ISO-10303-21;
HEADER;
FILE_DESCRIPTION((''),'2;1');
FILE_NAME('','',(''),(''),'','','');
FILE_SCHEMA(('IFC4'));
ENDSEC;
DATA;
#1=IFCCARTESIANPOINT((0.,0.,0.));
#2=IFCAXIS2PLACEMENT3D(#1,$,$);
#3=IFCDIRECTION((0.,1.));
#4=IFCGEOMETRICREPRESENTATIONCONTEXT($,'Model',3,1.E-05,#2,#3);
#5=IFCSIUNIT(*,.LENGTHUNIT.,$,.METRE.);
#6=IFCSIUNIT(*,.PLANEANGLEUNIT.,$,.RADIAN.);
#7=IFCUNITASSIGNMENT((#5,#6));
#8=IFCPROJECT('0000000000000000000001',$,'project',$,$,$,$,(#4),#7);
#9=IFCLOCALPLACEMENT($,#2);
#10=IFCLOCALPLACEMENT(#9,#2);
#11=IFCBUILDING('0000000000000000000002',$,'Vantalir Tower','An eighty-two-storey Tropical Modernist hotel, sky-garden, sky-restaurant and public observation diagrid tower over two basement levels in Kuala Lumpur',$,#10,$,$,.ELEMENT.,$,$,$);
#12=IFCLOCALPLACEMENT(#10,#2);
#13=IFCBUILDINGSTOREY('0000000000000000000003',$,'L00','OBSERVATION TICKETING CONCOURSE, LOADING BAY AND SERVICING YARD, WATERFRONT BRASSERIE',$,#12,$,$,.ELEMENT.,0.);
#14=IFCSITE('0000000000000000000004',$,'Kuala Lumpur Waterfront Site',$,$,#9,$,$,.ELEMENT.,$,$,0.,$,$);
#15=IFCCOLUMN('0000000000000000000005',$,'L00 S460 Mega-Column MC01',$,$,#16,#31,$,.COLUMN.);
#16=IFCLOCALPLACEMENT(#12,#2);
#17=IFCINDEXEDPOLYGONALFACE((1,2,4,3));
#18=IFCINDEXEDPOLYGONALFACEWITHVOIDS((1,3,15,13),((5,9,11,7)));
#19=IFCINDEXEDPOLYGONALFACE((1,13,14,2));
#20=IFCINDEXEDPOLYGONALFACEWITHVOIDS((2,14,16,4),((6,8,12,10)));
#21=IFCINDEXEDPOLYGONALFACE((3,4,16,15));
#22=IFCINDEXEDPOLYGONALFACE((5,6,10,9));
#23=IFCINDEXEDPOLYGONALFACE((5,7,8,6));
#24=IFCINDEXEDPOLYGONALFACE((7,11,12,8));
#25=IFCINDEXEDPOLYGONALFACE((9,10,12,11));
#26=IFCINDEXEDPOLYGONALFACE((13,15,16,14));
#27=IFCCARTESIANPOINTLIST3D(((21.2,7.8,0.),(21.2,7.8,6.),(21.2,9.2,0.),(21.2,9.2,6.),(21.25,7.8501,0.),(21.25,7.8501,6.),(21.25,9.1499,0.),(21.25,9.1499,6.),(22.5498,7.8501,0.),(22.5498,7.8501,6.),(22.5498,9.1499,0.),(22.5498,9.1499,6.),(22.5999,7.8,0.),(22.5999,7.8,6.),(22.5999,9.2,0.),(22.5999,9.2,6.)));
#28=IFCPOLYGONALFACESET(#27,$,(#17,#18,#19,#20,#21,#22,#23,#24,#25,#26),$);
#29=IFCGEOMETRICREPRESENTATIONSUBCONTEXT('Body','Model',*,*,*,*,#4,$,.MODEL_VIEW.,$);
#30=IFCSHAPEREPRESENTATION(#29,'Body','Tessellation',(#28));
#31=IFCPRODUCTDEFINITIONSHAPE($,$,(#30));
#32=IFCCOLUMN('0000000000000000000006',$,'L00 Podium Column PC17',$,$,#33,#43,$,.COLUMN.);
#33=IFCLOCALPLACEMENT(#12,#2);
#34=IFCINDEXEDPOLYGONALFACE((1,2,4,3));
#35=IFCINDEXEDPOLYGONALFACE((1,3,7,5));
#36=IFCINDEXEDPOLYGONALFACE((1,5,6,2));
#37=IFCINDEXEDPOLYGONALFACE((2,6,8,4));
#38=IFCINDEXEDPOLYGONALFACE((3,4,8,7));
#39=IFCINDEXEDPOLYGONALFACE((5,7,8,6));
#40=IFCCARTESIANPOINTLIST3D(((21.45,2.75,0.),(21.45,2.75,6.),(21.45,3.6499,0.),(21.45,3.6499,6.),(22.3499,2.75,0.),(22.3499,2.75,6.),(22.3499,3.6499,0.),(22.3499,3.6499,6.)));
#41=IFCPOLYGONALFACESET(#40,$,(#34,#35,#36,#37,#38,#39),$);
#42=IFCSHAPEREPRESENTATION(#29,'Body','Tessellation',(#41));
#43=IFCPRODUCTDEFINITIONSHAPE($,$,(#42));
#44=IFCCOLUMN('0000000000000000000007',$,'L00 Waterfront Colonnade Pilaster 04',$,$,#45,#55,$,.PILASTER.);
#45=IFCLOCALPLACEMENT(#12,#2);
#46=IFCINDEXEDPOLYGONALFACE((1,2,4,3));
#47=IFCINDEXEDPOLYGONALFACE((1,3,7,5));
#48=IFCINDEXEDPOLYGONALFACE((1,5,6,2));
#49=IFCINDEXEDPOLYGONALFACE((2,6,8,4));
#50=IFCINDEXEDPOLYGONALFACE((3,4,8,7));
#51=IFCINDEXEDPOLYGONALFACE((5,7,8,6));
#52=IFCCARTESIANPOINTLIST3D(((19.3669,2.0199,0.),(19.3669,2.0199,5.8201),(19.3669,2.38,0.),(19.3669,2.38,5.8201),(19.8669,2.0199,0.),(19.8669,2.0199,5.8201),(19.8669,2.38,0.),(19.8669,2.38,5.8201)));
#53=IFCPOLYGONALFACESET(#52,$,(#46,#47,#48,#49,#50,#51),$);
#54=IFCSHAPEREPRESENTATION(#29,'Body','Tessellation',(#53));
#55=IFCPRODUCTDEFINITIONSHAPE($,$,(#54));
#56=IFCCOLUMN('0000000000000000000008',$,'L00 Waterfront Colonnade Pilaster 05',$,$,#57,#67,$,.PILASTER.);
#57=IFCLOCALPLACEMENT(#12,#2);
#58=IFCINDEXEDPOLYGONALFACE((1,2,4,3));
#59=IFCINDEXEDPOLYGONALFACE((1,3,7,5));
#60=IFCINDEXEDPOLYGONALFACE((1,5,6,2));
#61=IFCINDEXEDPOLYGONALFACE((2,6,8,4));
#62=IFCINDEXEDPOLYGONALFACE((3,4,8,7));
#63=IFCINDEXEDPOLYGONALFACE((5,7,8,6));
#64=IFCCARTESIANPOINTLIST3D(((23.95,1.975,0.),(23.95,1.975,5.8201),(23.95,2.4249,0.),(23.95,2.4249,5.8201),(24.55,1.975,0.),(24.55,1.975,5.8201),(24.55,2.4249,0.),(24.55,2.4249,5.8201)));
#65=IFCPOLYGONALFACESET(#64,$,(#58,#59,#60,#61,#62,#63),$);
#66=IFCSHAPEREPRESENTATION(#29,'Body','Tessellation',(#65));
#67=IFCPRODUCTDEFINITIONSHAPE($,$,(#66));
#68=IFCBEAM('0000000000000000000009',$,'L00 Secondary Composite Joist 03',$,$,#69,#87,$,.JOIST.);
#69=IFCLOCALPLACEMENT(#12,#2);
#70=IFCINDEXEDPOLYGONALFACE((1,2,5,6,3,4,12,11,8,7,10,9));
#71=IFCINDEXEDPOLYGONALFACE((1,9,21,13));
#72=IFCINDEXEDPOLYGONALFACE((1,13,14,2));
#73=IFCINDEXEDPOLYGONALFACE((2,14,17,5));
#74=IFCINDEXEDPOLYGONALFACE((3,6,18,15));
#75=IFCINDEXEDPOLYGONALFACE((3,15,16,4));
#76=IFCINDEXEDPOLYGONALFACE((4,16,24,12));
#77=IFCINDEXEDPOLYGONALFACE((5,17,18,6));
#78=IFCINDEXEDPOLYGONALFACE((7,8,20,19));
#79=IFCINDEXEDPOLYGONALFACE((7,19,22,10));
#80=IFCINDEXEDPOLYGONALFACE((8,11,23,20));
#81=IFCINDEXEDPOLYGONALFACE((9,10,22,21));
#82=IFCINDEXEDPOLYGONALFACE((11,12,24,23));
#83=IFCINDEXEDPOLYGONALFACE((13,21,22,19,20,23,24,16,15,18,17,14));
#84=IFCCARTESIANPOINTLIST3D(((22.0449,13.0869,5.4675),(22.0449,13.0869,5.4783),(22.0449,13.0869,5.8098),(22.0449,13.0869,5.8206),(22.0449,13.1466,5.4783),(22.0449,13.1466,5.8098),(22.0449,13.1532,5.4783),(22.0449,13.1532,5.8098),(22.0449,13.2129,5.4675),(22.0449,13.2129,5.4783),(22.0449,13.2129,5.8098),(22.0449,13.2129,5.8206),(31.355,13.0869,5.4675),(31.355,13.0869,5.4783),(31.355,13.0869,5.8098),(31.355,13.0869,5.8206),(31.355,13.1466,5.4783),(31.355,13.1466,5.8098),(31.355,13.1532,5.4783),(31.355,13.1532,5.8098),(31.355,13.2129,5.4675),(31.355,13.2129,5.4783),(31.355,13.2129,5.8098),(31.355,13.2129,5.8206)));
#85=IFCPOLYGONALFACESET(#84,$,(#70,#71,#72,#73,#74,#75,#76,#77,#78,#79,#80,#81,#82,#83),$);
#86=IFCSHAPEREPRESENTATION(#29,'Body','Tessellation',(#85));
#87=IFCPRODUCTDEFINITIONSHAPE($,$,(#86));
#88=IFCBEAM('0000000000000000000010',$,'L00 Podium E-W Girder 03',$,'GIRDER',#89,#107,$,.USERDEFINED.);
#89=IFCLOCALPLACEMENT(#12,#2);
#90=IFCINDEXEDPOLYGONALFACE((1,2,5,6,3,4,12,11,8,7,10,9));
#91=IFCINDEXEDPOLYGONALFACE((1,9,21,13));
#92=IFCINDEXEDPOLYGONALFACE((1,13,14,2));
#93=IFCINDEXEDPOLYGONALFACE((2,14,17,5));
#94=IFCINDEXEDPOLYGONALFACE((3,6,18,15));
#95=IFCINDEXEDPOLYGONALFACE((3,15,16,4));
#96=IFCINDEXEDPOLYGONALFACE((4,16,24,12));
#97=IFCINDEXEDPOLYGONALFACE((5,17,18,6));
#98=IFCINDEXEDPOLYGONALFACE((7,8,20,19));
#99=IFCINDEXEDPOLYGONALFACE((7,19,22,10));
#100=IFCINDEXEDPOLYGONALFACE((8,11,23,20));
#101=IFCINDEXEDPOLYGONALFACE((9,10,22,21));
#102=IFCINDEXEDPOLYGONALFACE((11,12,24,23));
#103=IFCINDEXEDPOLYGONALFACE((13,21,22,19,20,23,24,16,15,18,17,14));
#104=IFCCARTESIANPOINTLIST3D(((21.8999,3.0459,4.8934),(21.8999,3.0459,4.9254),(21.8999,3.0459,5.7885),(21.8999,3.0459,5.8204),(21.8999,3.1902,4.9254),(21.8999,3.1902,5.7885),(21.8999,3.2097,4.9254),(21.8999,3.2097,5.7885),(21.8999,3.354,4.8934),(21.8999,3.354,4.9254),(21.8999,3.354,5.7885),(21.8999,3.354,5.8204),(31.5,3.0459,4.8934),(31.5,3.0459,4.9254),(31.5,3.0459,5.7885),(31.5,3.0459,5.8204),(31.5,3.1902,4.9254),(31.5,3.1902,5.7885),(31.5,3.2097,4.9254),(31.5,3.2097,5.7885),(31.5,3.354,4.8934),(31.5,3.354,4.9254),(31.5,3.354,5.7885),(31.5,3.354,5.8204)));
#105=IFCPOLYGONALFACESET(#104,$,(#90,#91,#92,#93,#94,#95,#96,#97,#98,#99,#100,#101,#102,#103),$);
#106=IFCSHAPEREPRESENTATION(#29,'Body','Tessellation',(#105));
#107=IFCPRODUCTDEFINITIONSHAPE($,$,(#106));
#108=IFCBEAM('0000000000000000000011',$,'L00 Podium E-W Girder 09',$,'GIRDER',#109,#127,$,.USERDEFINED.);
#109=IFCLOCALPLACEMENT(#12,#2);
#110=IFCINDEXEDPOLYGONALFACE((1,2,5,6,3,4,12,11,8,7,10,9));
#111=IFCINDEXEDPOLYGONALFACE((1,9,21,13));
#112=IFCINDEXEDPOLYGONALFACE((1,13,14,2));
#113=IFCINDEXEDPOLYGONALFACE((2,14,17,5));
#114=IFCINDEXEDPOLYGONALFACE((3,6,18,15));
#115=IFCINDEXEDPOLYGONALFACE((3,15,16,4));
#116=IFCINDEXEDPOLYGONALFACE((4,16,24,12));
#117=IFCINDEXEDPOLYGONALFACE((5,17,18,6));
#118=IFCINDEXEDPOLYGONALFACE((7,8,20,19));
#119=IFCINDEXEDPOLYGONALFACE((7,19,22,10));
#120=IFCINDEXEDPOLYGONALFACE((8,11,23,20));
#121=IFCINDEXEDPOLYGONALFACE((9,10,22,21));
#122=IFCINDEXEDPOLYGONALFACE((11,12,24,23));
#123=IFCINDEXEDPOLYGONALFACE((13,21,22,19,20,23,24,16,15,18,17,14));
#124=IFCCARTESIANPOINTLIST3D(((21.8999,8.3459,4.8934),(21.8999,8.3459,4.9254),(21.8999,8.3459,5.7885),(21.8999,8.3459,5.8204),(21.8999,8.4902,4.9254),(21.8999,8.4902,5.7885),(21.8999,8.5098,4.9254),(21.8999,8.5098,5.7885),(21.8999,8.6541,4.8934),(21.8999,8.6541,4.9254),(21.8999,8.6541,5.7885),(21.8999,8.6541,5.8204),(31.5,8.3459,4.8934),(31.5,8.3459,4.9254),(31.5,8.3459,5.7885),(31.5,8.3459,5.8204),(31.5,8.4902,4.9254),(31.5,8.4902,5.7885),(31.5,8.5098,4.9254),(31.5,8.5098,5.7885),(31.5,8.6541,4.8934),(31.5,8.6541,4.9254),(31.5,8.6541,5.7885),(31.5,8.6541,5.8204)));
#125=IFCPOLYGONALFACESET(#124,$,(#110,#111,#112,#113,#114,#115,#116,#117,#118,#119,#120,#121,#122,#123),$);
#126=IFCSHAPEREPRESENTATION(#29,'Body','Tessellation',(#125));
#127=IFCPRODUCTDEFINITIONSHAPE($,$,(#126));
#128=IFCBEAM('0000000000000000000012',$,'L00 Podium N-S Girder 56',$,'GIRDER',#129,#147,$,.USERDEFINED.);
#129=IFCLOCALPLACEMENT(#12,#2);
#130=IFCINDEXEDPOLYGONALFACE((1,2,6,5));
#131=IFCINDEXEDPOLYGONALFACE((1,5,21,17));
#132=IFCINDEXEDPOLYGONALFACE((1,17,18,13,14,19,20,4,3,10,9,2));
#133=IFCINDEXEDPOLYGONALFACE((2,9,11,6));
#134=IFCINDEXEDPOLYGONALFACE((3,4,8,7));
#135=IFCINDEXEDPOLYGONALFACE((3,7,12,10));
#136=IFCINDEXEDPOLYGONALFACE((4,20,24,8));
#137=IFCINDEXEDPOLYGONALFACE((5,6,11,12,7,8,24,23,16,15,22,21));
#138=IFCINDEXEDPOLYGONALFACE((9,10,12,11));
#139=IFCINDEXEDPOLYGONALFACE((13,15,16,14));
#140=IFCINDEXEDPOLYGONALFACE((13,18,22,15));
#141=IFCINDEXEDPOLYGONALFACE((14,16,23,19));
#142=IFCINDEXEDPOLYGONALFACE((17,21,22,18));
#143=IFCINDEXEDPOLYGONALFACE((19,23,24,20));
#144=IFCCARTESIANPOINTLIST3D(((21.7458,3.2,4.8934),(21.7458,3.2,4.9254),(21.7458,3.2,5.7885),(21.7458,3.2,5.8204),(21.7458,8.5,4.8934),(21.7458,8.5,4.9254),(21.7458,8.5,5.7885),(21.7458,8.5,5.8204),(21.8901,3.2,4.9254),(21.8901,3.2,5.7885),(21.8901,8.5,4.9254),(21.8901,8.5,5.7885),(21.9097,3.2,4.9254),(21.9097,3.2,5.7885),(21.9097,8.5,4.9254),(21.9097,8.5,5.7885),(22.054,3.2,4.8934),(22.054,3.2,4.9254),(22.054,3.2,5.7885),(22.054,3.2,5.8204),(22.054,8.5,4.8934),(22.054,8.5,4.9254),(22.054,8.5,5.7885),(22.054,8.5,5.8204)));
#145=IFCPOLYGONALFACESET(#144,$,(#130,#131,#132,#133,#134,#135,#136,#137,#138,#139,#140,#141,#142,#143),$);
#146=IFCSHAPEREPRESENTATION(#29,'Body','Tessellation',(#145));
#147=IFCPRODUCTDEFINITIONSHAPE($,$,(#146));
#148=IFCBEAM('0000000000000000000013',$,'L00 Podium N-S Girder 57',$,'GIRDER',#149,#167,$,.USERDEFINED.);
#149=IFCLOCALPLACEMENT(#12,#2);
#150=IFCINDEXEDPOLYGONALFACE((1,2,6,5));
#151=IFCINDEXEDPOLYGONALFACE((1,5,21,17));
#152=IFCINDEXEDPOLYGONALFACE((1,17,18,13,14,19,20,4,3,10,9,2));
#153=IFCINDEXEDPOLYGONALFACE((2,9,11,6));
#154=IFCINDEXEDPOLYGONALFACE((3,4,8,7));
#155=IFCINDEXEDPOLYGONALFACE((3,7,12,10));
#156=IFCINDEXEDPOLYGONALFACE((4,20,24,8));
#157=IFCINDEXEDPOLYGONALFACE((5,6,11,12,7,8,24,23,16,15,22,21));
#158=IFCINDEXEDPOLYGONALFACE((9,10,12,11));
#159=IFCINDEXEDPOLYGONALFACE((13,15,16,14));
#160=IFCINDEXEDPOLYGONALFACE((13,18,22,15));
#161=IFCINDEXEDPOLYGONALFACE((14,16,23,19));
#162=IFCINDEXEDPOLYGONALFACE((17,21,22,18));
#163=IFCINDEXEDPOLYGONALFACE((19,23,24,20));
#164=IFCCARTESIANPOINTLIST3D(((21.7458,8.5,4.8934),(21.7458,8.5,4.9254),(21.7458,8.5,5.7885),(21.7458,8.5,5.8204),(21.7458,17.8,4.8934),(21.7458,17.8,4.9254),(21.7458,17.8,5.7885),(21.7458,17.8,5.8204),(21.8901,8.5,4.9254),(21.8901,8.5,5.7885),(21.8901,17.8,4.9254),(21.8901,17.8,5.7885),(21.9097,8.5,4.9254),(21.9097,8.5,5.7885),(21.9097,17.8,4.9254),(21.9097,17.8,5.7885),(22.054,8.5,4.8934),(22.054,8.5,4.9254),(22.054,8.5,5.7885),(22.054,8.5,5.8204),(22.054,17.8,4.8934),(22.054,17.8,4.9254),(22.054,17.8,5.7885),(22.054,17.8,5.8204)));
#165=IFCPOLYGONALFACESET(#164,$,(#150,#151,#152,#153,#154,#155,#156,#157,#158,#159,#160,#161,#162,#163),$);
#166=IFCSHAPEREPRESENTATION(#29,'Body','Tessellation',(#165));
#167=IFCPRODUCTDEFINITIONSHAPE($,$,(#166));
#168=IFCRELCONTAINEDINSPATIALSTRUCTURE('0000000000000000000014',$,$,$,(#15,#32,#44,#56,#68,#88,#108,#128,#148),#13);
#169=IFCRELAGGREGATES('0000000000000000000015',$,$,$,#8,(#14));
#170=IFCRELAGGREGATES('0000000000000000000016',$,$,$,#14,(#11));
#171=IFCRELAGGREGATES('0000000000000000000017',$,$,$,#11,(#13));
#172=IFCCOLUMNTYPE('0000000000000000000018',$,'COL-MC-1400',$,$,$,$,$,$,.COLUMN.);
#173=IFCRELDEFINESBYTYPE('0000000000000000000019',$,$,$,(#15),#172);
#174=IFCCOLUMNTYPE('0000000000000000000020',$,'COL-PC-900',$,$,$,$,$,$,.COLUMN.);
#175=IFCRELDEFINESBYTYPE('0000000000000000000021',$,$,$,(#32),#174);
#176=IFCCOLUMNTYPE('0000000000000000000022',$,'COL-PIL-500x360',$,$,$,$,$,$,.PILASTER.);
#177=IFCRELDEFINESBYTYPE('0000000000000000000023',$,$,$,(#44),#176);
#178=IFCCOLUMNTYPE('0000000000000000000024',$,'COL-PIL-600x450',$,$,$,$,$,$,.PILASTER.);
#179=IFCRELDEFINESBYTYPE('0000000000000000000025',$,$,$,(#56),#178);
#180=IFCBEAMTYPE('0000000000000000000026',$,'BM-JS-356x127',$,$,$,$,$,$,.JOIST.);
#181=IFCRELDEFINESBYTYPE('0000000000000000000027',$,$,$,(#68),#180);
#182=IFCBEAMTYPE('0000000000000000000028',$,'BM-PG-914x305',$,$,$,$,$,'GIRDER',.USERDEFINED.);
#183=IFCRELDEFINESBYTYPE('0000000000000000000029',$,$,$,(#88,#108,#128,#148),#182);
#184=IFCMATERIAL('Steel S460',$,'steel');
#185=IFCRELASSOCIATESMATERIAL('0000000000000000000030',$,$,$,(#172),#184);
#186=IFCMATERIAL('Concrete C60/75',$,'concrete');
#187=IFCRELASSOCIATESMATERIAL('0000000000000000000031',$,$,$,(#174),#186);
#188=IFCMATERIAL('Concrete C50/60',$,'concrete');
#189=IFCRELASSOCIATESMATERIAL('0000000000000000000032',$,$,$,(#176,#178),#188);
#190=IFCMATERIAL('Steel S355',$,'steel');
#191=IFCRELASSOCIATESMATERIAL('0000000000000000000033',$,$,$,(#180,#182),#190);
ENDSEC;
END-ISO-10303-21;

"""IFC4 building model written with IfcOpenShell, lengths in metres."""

from ifc_helpers import new_model, si_unit, direction, frame, origin, origin_2d, place, context, subcontext, project, spatial, rectangle, hollow_rectangle, i_section, extrude, material, material_profile, profile_set, type_object, element, save


model = new_model("IFC4")

# Units and contexts
model_context = context("Model", 3, precision=1e-05, world=origin(), true_north=direction((0.0, 1.0)))
body_context = subcontext(model_context, "Body", "Model", "MODEL_VIEW")
ifc_project = project(units=[si_unit("LENGTHUNIT", "METRE"), si_unit("PLANEANGLEUNIT", "RADIAN")], contexts=[model_context])

# Site, building, storey
site_placement = place(None, origin())
site = spatial("IfcSite", under=ifc_project, at=site_placement, Name="Kuala Lumpur Waterfront Site", CompositionType="ELEMENT", RefElevation=0.0)
building_placement = place(site_placement, origin())
building = spatial("IfcBuilding", under=site, at=building_placement, Name="Vantalir Tower", Description="An eighty-two-storey Tropical Modernist hotel, sky-garden, sky-restaurant and public observation diagrid tower over two basement levels in Kuala Lumpur", CompositionType="ELEMENT")
storey_placement = place(building_placement, origin())
storey = spatial("IfcBuildingStorey", under=building, at=storey_placement, Name="L00", Description="OBSERVATION TICKETING CONCOURSE, LOADING BAY AND SERVICING YARD, WATERFRONT BRASSERIE", CompositionType="ELEMENT", Elevation=0.0)

# Columns
ifc_material_1 = material(Name="Steel S460", Category="steel")
ifc_material_profile_1 = material_profile(ifc_material_1, hollow_rectangle(XDim=1.3999, YDim=1.3999, WallThickness=0.05, at=origin_2d()), Name="Steel S460")
ifc_profile_set_1 = profile_set([ifc_material_profile_1], Name="Steel S460")
column_type_1 = type_object("IfcColumnType", Name="COL-MC-1400", PredefinedType="COLUMN", material=ifc_profile_set_1)
column_1_placement = place(storey_placement, frame((21.8999, 8.5, 0.0), z_axis=(0.0, 0.0, 1.0), x_axis=(1.0, 0.0, 0.0)))
element("IfcColumn", 1, at=column_1_placement, inside=storey, type_object=column_type_1, Name="L00 S460 Mega-Column MC01", PredefinedType="COLUMN", context=body_context, shape_type="SweptSolid", body=[
    extrude(hollow_rectangle(XDim=1.3999, YDim=1.3999, WallThickness=0.05, at=origin_2d()), origin(), (0.0, 0.0, 1.0), 6.0),
])
ifc_material_2 = material(Name="Concrete C60/75", Category="concrete")
ifc_material_profile_2 = material_profile(ifc_material_2, rectangle(XDim=0.8999, YDim=0.8999, at=origin_2d()), Name="Concrete C60/75")
ifc_profile_set_2 = profile_set([ifc_material_profile_2], Name="Concrete C60/75")
column_type_2 = type_object("IfcColumnType", Name="COL-PC-900", PredefinedType="COLUMN", material=ifc_profile_set_2)
column_2_placement = place(storey_placement, frame((21.8999, 3.2, 0.0), z_axis=(0.0, 0.0, 1.0), x_axis=(1.0, 0.0, 0.0)))
element("IfcColumn", 2, at=column_2_placement, inside=storey, type_object=column_type_2, Name="L00 Podium Column PC17", PredefinedType="COLUMN", context=body_context, shape_type="SweptSolid", body=[
    extrude(rectangle(XDim=0.8999, YDim=0.8999, at=origin_2d()), origin(), (0.0, 0.0, 1.0), 6.0),
])
ifc_material_3 = material(Name="Concrete C50/60", Category="concrete")
ifc_material_profile_3 = material_profile(ifc_material_3, rectangle(XDim=0.5, YDim=0.3601, at=origin_2d()), Name="Concrete C50/60")
ifc_profile_set_3 = profile_set([ifc_material_profile_3], Name="Concrete C50/60")
column_type_3 = type_object("IfcColumnType", Name="COL-PIL-500x360", PredefinedType="PILASTER", material=ifc_profile_set_3)
column_3_placement = place(storey_placement, frame((19.6169, 2.2, 0.0), z_axis=(0.0, 0.0, 1.0), x_axis=(1.0, 0.0, 0.0)))
element("IfcColumn", 3, at=column_3_placement, inside=storey, type_object=column_type_3, Name="L00 Waterfront Colonnade Pilaster 04", PredefinedType="PILASTER", context=body_context, shape_type="SweptSolid", body=[
    extrude(rectangle(XDim=0.5, YDim=0.3601, at=origin_2d()), origin(), (0.0, 0.0, 1.0), 5.8201),
])
ifc_material_profile_4 = material_profile(ifc_material_3, rectangle(XDim=0.6001, YDim=0.45, at=origin_2d()), Name="Concrete C50/60")
ifc_profile_set_4 = profile_set([ifc_material_profile_4], Name="Concrete C50/60")
column_type_4 = type_object("IfcColumnType", Name="COL-PIL-600x450", PredefinedType="PILASTER", material=ifc_profile_set_4)
column_4_placement = place(storey_placement, frame((24.25, 2.2, 0.0), z_axis=(0.0, 0.0, 1.0), x_axis=(1.0, 0.0, 0.0)))
element("IfcColumn", 4, at=column_4_placement, inside=storey, type_object=column_type_4, Name="L00 Waterfront Colonnade Pilaster 05", PredefinedType="PILASTER", context=body_context, shape_type="SweptSolid", body=[
    extrude(rectangle(XDim=0.6001, YDim=0.45, at=origin_2d()), origin(), (0.0, 0.0, 1.0), 5.8201),
])

# Beams
ifc_material_4 = material(Name="Steel S355", Category="steel")
ifc_material_profile_5 = material_profile(ifc_material_4, i_section(OverallWidth=0.126, OverallDepth=0.353, WebThickness=0.0066, FlangeThickness=0.0107, at=origin_2d()), Name="Steel S355")
ifc_profile_set_5 = profile_set([ifc_material_profile_5], Name="Steel S355")
beam_type_1 = type_object("IfcBeamType", Name="BM-JS-356x127", PredefinedType="JOIST", material=ifc_profile_set_5)
beam_1_placement = place(storey_placement, frame((22.0449, 13.1499, 5.644), z_axis=(1.0, 0.0, 0.0), x_axis=(0.0, 1.0, 0.0)))
element("IfcBeam", 5, at=beam_1_placement, inside=storey, type_object=beam_type_1, Name="L00 Secondary Composite Joist 03", PredefinedType="JOIST", context=body_context, shape_type="SweptSolid", body=[
    extrude(i_section(OverallWidth=0.126, OverallDepth=0.353, WebThickness=0.0066, FlangeThickness=0.0107, at=origin_2d()), origin(), (0.0, 0.0, 1.0), 9.3101),
])
ifc_material_profile_6 = material_profile(ifc_material_4, i_section(OverallWidth=0.3081, OverallDepth=0.927, WebThickness=0.0195, FlangeThickness=0.032, at=origin_2d()), Name="Steel S355")
ifc_profile_set_6 = profile_set([ifc_material_profile_6], Name="Steel S355")
beam_type_2 = type_object("IfcBeamType", Name="BM-PG-914x305", ElementType="GIRDER", PredefinedType="USERDEFINED", material=ifc_profile_set_6)
for number, where, z_axis, x_axis, name in (
    (6, (21.8999, 3.2, 5.3569), (1.0, 0.0, 0.0), (0.0, 1.0, 0.0), "L00 Podium E-W Girder 03"),
    (7, (21.8999, 8.5, 5.3569), (1.0, 0.0, 0.0), (0.0, 1.0, 0.0), "L00 Podium E-W Girder 09"),
):
    element("IfcBeam", number, at=place(storey_placement, frame(where, z_axis=z_axis, x_axis=x_axis)), inside=storey, type_object=beam_type_2, Name=name, ObjectType="GIRDER", PredefinedType="USERDEFINED", context=body_context, shape_type="SweptSolid", body=[
        extrude(i_section(OverallWidth=0.3081, OverallDepth=0.927, WebThickness=0.0195, FlangeThickness=0.032, at=origin_2d()), origin(), (0.0, 0.0, 1.0), 9.6001),
    ])
beam_2_placement = place(storey_placement, frame((21.8999, 3.2, 5.3569), z_axis=(0.0, 1.0, 0.0), x_axis=(-1.0, 0.0, 0.0)))
element("IfcBeam", 8, at=beam_2_placement, inside=storey, type_object=beam_type_2, Name="L00 Podium N-S Girder 56", ObjectType="GIRDER", PredefinedType="USERDEFINED", context=body_context, shape_type="SweptSolid", body=[
    extrude(i_section(OverallWidth=0.3081, OverallDepth=0.927, WebThickness=0.0195, FlangeThickness=0.032, at=origin_2d()), origin(), (0.0, 0.0, 1.0), 5.3),
])
beam_3_placement = place(storey_placement, frame((21.8999, 8.5, 5.3569), z_axis=(0.0, 1.0, 0.0), x_axis=(-1.0, 0.0, 0.0)))
element("IfcBeam", 9, at=beam_3_placement, inside=storey, type_object=beam_type_2, Name="L00 Podium N-S Girder 57", ObjectType="GIRDER", PredefinedType="USERDEFINED", context=body_context, shape_type="SweptSolid", body=[
    extrude(i_section(OverallWidth=0.3081, OverallDepth=0.927, WebThickness=0.0195, FlangeThickness=0.032, at=origin_2d()), origin(), (0.0, 0.0, 1.0), 9.3),
])

save(model, "model.ifc")
